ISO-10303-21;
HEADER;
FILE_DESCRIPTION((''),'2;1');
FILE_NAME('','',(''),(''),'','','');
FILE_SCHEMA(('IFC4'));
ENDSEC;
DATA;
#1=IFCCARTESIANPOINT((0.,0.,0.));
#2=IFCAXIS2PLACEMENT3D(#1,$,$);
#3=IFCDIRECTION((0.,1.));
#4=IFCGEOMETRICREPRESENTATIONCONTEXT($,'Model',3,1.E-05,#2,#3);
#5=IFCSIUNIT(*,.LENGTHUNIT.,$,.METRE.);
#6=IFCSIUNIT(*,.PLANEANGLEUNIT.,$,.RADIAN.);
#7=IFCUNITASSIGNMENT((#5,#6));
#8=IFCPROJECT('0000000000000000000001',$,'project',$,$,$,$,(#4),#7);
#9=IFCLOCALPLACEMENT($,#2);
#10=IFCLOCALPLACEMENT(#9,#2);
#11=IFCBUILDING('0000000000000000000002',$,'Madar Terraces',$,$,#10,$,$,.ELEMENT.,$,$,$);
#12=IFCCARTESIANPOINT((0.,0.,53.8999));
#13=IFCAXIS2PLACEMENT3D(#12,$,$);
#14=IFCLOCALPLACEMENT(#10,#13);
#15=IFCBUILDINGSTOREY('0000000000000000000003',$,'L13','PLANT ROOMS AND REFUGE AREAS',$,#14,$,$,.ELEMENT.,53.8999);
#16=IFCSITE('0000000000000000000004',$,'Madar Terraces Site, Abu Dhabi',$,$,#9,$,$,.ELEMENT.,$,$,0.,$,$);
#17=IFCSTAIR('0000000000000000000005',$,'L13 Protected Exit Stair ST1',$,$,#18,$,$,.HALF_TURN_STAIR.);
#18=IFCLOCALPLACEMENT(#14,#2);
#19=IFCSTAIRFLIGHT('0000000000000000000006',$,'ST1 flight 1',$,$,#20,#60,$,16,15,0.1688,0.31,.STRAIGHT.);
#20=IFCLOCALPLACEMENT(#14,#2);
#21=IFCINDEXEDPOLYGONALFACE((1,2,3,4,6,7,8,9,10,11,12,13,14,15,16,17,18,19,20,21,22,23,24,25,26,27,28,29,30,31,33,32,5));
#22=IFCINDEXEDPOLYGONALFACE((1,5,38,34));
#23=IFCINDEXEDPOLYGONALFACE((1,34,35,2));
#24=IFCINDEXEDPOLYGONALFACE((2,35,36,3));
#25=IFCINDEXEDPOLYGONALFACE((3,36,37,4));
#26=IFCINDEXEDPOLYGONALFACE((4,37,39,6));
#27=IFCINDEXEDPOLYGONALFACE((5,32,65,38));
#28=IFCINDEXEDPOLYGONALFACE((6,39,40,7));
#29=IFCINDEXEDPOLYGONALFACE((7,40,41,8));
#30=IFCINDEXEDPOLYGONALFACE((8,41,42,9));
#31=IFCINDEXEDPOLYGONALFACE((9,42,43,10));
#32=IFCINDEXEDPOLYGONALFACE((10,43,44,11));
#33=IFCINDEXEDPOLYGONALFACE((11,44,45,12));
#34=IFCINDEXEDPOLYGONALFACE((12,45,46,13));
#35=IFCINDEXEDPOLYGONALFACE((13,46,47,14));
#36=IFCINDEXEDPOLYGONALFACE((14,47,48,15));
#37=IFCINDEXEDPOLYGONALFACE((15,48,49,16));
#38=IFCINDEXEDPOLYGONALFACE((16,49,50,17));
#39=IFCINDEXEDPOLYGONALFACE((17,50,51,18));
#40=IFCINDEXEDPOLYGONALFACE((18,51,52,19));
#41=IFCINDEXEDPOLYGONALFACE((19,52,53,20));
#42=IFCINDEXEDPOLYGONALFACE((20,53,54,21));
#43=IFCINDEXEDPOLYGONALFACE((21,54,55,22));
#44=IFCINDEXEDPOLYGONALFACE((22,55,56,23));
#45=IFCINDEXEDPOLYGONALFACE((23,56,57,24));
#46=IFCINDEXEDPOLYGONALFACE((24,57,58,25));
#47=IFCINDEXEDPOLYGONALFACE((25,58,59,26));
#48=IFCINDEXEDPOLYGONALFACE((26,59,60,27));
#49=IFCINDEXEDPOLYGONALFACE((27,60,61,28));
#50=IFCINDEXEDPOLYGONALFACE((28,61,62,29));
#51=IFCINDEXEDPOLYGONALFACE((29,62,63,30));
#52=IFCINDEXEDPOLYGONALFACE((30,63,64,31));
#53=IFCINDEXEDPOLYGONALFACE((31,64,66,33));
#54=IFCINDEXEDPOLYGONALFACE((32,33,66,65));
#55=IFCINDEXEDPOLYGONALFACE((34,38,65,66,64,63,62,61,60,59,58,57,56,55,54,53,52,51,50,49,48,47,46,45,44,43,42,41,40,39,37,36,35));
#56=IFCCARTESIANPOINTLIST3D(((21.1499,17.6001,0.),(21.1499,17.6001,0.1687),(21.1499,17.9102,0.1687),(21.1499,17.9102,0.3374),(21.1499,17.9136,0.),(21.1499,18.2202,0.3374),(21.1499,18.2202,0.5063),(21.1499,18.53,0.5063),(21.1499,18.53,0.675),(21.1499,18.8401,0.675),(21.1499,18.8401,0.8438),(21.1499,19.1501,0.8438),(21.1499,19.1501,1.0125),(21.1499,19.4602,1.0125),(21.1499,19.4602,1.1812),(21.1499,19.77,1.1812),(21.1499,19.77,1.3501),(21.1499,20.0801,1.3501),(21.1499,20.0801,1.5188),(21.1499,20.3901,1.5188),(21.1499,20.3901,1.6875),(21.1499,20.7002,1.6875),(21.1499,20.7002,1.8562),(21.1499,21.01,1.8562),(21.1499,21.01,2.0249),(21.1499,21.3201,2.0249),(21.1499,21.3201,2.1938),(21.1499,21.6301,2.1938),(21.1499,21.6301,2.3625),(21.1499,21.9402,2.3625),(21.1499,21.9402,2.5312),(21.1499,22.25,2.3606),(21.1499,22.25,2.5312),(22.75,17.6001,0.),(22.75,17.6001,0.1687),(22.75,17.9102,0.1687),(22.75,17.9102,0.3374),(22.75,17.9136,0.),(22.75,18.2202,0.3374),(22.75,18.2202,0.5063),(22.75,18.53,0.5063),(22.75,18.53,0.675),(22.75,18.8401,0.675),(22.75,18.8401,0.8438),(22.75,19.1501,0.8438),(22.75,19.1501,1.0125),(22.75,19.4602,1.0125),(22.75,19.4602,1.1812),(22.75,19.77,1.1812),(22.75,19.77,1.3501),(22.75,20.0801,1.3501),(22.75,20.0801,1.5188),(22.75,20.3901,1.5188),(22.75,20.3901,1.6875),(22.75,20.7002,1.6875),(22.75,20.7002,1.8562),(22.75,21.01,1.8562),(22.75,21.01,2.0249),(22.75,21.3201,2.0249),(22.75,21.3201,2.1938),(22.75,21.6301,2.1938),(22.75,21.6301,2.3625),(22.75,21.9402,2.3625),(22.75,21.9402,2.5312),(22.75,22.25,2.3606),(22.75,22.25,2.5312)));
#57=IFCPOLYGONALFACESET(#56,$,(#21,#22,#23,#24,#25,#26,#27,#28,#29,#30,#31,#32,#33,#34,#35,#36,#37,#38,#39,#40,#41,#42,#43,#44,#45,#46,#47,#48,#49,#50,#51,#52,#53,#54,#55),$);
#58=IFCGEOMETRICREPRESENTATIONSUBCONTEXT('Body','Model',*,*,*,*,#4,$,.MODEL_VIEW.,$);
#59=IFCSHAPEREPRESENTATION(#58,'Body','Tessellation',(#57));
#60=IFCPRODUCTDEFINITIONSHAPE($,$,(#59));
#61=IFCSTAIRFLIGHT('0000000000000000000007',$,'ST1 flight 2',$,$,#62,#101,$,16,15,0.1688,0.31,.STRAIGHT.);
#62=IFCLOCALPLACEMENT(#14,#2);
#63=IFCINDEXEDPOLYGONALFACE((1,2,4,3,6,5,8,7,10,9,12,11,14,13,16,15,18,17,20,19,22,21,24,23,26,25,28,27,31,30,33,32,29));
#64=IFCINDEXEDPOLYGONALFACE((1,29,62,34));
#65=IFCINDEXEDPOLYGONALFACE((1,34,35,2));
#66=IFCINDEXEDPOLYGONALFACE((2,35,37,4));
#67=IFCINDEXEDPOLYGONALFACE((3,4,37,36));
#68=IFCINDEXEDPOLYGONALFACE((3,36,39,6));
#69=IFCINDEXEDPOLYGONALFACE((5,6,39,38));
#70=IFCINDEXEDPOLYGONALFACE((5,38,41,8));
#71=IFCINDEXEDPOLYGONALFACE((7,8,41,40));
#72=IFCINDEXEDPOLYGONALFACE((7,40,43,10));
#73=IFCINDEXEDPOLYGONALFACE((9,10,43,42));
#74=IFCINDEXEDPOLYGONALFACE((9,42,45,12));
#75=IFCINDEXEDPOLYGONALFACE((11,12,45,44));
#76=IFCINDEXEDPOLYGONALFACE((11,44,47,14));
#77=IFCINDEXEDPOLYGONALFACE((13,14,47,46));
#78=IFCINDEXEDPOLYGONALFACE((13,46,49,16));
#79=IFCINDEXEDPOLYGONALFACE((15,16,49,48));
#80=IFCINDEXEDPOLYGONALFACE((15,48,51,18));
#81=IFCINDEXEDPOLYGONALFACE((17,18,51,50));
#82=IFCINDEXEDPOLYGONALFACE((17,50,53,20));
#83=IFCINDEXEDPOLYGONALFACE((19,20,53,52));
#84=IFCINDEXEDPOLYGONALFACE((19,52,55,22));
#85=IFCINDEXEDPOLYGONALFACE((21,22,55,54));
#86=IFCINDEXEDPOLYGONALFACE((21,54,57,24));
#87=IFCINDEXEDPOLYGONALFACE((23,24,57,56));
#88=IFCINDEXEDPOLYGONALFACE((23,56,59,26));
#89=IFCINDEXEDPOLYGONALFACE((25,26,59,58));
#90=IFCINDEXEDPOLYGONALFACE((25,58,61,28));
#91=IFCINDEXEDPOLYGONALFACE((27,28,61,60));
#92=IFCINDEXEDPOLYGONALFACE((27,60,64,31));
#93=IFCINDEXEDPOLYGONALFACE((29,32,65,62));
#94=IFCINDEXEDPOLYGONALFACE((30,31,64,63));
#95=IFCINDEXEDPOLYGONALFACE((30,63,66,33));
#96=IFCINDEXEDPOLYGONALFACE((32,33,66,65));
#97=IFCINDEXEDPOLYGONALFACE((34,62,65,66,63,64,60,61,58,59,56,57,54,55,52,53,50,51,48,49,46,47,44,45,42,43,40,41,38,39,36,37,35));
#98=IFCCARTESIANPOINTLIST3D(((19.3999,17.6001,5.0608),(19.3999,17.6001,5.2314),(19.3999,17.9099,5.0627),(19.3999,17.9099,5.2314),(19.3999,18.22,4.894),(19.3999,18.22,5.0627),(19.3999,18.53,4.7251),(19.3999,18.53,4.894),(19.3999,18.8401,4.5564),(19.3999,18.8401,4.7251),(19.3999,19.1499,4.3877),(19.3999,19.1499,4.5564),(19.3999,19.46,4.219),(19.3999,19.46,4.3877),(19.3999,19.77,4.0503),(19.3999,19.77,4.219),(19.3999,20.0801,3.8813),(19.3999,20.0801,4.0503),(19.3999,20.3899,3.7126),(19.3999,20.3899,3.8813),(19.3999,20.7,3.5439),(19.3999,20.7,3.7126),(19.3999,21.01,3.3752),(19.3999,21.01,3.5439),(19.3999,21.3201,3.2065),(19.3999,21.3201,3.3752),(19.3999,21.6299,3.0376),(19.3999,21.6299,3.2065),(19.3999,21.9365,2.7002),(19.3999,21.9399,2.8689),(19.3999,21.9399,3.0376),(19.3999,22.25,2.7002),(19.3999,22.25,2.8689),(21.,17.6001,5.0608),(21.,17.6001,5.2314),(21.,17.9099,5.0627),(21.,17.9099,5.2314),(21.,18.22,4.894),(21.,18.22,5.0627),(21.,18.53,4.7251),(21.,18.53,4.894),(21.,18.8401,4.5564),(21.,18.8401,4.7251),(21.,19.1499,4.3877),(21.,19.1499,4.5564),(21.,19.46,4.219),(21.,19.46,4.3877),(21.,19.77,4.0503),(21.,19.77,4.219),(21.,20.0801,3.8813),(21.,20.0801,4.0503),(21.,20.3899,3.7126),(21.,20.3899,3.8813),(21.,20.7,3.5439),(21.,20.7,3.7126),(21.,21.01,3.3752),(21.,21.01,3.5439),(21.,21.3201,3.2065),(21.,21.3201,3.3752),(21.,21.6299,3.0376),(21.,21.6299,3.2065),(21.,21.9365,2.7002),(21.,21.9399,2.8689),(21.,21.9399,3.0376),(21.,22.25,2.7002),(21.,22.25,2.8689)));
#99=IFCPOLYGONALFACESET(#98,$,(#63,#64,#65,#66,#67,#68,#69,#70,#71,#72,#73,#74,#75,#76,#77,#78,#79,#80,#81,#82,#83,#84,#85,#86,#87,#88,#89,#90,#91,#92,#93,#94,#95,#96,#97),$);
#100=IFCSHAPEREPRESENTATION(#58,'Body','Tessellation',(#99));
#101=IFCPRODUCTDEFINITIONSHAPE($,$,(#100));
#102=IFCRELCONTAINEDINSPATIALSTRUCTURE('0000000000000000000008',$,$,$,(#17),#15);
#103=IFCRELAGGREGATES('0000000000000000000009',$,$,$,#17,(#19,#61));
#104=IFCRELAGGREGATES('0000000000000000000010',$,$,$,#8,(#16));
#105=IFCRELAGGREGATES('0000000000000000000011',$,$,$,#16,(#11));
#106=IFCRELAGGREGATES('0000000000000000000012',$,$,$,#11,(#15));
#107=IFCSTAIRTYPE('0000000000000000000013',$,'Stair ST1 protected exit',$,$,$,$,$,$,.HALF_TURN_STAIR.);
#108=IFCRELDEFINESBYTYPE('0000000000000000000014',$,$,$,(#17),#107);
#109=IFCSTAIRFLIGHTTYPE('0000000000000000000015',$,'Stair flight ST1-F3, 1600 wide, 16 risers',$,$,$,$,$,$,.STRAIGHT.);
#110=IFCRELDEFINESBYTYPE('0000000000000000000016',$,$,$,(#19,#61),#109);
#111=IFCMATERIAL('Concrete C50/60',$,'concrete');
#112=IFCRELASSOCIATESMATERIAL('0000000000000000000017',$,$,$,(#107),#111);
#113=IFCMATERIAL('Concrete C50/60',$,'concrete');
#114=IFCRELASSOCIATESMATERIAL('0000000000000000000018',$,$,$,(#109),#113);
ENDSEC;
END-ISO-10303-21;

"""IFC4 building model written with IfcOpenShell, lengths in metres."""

from ifc_helpers import new_model, si_unit, direction, frame, origin, place, context, subcontext, project, spatial, polyline, outline, extrude, material, type_object, element, aggregate, save


model = new_model("IFC4")

# Units and contexts
model_context = context("Model", 3, precision=1e-05, world=origin(), true_north=direction((0.0, 1.0)))
body_context = subcontext(model_context, "Body", "Model", "MODEL_VIEW")
ifc_project = project(units=[si_unit("LENGTHUNIT", "METRE"), si_unit("PLANEANGLEUNIT", "RADIAN")], contexts=[model_context])

# Site, building, storey
site_placement = place(None, origin())
site = spatial("IfcSite", under=ifc_project, at=site_placement, Name="Madar Terraces Site, Abu Dhabi", CompositionType="ELEMENT", RefElevation=0.0)
building_placement = place(site_placement, origin())
building = spatial("IfcBuilding", under=site, at=building_placement, Name="Madar Terraces", CompositionType="ELEMENT")
storey_placement = place(building_placement, frame((0.0, 0.0, 53.8999)))
storey = spatial("IfcBuildingStorey", under=building, at=storey_placement, Name="L13", Description="PLANT ROOMS AND REFUGE AREAS", CompositionType="ELEMENT", Elevation=53.8999)

# Stair, stair flights
ifc_material_1 = material(Name="Concrete C50/60", Category="concrete")
stair_type = type_object("IfcStairType", Name="Stair ST1 protected exit", PredefinedType="HALF_TURN_STAIR", material=ifc_material_1)
stair_placement = place(storey_placement, origin())
stair = element("IfcStair", 1, at=stair_placement, inside=storey, type_object=stair_type, Name="L13 Protected Exit Stair ST1", PredefinedType="HALF_TURN_STAIR")
ifc_material_2 = material(Name="Concrete C50/60", Category="concrete")
stair_flight_type = type_object("IfcStairFlightType", Name="Stair flight ST1-F3, 1600 wide, 16 risers", PredefinedType="STRAIGHT", material=ifc_material_2)
stair_flight_1_placement = place(storey_placement, frame((21.95, 17.6001, 0.0), z_axis=(0.0, 0.0, 1.0), x_axis=(0.0, 1.0, 0.0)))
stair_flight_1 = element("IfcStairFlight", 2, at=stair_flight_1_placement, type_object=stair_flight_type, Name="ST1 flight 1", NumberOfRisers=16, NumberOfTreads=15, PredefinedType="STRAIGHT", RiserHeight=0.1688, TreadLength=0.31, context=body_context, shape_type="SweptSolid", body=[
    extrude(outline(polyline([(0.0, 0.0), (0.0, 0.1687), (0.3101, 0.1687), (0.3101, 0.3374), (0.6201, 0.3374), (0.6201, 0.5063), (0.9299, 0.5063), (0.9299, 0.675), (1.24, 0.675), (1.24, 0.8438), (1.55, 0.8438), (1.55, 1.0125), (1.8601, 1.0125), (1.8601, 1.1812), (2.1699, 1.1812), (2.1699, 1.3501), (2.48, 1.3501), (2.48, 1.5188), (2.79, 1.5188), (2.79, 1.6875), (3.1001, 1.6875), (3.1001, 1.8562), (3.4099, 1.8562), (3.4099, 2.0249), (3.72, 2.0249), (3.72, 2.1938), (4.03, 2.1938), (4.03, 2.3625), (4.3401, 2.3625), (4.3401, 2.5312), (4.6499, 2.5312), (4.6499, 2.7), (4.6499, 2.3606), (0.3135, 0.0), (0.0, 0.0)])), frame((0.0, 0.8, 0.0), z_axis=(0.0, -1.0, 0.0), x_axis=(1.0, 0.0, 0.0)), (0.0, 0.0, 1.0), 1.6001),
])
stair_flight_2_placement = place(storey_placement, frame((20.2, 22.25, 2.7002), z_axis=(0.0, 0.0, 1.0), x_axis=(0.0, -1.0, 0.0)))
stair_flight_2 = element("IfcStairFlight", 3, at=stair_flight_2_placement, type_object=stair_flight_type, Name="ST1 flight 2", NumberOfRisers=16, NumberOfTreads=15, PredefinedType="STRAIGHT", RiserHeight=0.1688, TreadLength=0.31, context=body_context, shape_type="SweptSolid", body=[
    extrude(outline(polyline([(0.0, 0.0), (0.0, 0.1687), (0.3101, 0.1687), (0.3101, 0.3374), (0.6201, 0.3374), (0.6201, 0.5063), (0.9299, 0.5063), (0.9299, 0.675), (1.24, 0.675), (1.24, 0.8438), (1.55, 0.8438), (1.55, 1.0125), (1.8601, 1.0125), (1.8601, 1.1812), (2.1699, 1.1812), (2.1699, 1.3501), (2.48, 1.3501), (2.48, 1.5188), (2.79, 1.5188), (2.79, 1.6875), (3.1001, 1.6875), (3.1001, 1.8562), (3.4099, 1.8562), (3.4099, 2.0249), (3.72, 2.0249), (3.72, 2.1938), (4.03, 2.1938), (4.03, 2.3625), (4.3401, 2.3625), (4.3401, 2.5312), (4.6499, 2.5312), (4.6499, 2.7), (4.6499, 2.3606), (0.3135, 0.0), (0.0, 0.0)])), frame((0.0, 0.8, 0.0), z_axis=(0.0, -1.0, 0.0), x_axis=(1.0, 0.0, 0.0)), (0.0, 0.0, 1.0), 1.6001),
])
aggregate(stair, [stair_flight_1, stair_flight_2])

save(model, "model.ifc")
